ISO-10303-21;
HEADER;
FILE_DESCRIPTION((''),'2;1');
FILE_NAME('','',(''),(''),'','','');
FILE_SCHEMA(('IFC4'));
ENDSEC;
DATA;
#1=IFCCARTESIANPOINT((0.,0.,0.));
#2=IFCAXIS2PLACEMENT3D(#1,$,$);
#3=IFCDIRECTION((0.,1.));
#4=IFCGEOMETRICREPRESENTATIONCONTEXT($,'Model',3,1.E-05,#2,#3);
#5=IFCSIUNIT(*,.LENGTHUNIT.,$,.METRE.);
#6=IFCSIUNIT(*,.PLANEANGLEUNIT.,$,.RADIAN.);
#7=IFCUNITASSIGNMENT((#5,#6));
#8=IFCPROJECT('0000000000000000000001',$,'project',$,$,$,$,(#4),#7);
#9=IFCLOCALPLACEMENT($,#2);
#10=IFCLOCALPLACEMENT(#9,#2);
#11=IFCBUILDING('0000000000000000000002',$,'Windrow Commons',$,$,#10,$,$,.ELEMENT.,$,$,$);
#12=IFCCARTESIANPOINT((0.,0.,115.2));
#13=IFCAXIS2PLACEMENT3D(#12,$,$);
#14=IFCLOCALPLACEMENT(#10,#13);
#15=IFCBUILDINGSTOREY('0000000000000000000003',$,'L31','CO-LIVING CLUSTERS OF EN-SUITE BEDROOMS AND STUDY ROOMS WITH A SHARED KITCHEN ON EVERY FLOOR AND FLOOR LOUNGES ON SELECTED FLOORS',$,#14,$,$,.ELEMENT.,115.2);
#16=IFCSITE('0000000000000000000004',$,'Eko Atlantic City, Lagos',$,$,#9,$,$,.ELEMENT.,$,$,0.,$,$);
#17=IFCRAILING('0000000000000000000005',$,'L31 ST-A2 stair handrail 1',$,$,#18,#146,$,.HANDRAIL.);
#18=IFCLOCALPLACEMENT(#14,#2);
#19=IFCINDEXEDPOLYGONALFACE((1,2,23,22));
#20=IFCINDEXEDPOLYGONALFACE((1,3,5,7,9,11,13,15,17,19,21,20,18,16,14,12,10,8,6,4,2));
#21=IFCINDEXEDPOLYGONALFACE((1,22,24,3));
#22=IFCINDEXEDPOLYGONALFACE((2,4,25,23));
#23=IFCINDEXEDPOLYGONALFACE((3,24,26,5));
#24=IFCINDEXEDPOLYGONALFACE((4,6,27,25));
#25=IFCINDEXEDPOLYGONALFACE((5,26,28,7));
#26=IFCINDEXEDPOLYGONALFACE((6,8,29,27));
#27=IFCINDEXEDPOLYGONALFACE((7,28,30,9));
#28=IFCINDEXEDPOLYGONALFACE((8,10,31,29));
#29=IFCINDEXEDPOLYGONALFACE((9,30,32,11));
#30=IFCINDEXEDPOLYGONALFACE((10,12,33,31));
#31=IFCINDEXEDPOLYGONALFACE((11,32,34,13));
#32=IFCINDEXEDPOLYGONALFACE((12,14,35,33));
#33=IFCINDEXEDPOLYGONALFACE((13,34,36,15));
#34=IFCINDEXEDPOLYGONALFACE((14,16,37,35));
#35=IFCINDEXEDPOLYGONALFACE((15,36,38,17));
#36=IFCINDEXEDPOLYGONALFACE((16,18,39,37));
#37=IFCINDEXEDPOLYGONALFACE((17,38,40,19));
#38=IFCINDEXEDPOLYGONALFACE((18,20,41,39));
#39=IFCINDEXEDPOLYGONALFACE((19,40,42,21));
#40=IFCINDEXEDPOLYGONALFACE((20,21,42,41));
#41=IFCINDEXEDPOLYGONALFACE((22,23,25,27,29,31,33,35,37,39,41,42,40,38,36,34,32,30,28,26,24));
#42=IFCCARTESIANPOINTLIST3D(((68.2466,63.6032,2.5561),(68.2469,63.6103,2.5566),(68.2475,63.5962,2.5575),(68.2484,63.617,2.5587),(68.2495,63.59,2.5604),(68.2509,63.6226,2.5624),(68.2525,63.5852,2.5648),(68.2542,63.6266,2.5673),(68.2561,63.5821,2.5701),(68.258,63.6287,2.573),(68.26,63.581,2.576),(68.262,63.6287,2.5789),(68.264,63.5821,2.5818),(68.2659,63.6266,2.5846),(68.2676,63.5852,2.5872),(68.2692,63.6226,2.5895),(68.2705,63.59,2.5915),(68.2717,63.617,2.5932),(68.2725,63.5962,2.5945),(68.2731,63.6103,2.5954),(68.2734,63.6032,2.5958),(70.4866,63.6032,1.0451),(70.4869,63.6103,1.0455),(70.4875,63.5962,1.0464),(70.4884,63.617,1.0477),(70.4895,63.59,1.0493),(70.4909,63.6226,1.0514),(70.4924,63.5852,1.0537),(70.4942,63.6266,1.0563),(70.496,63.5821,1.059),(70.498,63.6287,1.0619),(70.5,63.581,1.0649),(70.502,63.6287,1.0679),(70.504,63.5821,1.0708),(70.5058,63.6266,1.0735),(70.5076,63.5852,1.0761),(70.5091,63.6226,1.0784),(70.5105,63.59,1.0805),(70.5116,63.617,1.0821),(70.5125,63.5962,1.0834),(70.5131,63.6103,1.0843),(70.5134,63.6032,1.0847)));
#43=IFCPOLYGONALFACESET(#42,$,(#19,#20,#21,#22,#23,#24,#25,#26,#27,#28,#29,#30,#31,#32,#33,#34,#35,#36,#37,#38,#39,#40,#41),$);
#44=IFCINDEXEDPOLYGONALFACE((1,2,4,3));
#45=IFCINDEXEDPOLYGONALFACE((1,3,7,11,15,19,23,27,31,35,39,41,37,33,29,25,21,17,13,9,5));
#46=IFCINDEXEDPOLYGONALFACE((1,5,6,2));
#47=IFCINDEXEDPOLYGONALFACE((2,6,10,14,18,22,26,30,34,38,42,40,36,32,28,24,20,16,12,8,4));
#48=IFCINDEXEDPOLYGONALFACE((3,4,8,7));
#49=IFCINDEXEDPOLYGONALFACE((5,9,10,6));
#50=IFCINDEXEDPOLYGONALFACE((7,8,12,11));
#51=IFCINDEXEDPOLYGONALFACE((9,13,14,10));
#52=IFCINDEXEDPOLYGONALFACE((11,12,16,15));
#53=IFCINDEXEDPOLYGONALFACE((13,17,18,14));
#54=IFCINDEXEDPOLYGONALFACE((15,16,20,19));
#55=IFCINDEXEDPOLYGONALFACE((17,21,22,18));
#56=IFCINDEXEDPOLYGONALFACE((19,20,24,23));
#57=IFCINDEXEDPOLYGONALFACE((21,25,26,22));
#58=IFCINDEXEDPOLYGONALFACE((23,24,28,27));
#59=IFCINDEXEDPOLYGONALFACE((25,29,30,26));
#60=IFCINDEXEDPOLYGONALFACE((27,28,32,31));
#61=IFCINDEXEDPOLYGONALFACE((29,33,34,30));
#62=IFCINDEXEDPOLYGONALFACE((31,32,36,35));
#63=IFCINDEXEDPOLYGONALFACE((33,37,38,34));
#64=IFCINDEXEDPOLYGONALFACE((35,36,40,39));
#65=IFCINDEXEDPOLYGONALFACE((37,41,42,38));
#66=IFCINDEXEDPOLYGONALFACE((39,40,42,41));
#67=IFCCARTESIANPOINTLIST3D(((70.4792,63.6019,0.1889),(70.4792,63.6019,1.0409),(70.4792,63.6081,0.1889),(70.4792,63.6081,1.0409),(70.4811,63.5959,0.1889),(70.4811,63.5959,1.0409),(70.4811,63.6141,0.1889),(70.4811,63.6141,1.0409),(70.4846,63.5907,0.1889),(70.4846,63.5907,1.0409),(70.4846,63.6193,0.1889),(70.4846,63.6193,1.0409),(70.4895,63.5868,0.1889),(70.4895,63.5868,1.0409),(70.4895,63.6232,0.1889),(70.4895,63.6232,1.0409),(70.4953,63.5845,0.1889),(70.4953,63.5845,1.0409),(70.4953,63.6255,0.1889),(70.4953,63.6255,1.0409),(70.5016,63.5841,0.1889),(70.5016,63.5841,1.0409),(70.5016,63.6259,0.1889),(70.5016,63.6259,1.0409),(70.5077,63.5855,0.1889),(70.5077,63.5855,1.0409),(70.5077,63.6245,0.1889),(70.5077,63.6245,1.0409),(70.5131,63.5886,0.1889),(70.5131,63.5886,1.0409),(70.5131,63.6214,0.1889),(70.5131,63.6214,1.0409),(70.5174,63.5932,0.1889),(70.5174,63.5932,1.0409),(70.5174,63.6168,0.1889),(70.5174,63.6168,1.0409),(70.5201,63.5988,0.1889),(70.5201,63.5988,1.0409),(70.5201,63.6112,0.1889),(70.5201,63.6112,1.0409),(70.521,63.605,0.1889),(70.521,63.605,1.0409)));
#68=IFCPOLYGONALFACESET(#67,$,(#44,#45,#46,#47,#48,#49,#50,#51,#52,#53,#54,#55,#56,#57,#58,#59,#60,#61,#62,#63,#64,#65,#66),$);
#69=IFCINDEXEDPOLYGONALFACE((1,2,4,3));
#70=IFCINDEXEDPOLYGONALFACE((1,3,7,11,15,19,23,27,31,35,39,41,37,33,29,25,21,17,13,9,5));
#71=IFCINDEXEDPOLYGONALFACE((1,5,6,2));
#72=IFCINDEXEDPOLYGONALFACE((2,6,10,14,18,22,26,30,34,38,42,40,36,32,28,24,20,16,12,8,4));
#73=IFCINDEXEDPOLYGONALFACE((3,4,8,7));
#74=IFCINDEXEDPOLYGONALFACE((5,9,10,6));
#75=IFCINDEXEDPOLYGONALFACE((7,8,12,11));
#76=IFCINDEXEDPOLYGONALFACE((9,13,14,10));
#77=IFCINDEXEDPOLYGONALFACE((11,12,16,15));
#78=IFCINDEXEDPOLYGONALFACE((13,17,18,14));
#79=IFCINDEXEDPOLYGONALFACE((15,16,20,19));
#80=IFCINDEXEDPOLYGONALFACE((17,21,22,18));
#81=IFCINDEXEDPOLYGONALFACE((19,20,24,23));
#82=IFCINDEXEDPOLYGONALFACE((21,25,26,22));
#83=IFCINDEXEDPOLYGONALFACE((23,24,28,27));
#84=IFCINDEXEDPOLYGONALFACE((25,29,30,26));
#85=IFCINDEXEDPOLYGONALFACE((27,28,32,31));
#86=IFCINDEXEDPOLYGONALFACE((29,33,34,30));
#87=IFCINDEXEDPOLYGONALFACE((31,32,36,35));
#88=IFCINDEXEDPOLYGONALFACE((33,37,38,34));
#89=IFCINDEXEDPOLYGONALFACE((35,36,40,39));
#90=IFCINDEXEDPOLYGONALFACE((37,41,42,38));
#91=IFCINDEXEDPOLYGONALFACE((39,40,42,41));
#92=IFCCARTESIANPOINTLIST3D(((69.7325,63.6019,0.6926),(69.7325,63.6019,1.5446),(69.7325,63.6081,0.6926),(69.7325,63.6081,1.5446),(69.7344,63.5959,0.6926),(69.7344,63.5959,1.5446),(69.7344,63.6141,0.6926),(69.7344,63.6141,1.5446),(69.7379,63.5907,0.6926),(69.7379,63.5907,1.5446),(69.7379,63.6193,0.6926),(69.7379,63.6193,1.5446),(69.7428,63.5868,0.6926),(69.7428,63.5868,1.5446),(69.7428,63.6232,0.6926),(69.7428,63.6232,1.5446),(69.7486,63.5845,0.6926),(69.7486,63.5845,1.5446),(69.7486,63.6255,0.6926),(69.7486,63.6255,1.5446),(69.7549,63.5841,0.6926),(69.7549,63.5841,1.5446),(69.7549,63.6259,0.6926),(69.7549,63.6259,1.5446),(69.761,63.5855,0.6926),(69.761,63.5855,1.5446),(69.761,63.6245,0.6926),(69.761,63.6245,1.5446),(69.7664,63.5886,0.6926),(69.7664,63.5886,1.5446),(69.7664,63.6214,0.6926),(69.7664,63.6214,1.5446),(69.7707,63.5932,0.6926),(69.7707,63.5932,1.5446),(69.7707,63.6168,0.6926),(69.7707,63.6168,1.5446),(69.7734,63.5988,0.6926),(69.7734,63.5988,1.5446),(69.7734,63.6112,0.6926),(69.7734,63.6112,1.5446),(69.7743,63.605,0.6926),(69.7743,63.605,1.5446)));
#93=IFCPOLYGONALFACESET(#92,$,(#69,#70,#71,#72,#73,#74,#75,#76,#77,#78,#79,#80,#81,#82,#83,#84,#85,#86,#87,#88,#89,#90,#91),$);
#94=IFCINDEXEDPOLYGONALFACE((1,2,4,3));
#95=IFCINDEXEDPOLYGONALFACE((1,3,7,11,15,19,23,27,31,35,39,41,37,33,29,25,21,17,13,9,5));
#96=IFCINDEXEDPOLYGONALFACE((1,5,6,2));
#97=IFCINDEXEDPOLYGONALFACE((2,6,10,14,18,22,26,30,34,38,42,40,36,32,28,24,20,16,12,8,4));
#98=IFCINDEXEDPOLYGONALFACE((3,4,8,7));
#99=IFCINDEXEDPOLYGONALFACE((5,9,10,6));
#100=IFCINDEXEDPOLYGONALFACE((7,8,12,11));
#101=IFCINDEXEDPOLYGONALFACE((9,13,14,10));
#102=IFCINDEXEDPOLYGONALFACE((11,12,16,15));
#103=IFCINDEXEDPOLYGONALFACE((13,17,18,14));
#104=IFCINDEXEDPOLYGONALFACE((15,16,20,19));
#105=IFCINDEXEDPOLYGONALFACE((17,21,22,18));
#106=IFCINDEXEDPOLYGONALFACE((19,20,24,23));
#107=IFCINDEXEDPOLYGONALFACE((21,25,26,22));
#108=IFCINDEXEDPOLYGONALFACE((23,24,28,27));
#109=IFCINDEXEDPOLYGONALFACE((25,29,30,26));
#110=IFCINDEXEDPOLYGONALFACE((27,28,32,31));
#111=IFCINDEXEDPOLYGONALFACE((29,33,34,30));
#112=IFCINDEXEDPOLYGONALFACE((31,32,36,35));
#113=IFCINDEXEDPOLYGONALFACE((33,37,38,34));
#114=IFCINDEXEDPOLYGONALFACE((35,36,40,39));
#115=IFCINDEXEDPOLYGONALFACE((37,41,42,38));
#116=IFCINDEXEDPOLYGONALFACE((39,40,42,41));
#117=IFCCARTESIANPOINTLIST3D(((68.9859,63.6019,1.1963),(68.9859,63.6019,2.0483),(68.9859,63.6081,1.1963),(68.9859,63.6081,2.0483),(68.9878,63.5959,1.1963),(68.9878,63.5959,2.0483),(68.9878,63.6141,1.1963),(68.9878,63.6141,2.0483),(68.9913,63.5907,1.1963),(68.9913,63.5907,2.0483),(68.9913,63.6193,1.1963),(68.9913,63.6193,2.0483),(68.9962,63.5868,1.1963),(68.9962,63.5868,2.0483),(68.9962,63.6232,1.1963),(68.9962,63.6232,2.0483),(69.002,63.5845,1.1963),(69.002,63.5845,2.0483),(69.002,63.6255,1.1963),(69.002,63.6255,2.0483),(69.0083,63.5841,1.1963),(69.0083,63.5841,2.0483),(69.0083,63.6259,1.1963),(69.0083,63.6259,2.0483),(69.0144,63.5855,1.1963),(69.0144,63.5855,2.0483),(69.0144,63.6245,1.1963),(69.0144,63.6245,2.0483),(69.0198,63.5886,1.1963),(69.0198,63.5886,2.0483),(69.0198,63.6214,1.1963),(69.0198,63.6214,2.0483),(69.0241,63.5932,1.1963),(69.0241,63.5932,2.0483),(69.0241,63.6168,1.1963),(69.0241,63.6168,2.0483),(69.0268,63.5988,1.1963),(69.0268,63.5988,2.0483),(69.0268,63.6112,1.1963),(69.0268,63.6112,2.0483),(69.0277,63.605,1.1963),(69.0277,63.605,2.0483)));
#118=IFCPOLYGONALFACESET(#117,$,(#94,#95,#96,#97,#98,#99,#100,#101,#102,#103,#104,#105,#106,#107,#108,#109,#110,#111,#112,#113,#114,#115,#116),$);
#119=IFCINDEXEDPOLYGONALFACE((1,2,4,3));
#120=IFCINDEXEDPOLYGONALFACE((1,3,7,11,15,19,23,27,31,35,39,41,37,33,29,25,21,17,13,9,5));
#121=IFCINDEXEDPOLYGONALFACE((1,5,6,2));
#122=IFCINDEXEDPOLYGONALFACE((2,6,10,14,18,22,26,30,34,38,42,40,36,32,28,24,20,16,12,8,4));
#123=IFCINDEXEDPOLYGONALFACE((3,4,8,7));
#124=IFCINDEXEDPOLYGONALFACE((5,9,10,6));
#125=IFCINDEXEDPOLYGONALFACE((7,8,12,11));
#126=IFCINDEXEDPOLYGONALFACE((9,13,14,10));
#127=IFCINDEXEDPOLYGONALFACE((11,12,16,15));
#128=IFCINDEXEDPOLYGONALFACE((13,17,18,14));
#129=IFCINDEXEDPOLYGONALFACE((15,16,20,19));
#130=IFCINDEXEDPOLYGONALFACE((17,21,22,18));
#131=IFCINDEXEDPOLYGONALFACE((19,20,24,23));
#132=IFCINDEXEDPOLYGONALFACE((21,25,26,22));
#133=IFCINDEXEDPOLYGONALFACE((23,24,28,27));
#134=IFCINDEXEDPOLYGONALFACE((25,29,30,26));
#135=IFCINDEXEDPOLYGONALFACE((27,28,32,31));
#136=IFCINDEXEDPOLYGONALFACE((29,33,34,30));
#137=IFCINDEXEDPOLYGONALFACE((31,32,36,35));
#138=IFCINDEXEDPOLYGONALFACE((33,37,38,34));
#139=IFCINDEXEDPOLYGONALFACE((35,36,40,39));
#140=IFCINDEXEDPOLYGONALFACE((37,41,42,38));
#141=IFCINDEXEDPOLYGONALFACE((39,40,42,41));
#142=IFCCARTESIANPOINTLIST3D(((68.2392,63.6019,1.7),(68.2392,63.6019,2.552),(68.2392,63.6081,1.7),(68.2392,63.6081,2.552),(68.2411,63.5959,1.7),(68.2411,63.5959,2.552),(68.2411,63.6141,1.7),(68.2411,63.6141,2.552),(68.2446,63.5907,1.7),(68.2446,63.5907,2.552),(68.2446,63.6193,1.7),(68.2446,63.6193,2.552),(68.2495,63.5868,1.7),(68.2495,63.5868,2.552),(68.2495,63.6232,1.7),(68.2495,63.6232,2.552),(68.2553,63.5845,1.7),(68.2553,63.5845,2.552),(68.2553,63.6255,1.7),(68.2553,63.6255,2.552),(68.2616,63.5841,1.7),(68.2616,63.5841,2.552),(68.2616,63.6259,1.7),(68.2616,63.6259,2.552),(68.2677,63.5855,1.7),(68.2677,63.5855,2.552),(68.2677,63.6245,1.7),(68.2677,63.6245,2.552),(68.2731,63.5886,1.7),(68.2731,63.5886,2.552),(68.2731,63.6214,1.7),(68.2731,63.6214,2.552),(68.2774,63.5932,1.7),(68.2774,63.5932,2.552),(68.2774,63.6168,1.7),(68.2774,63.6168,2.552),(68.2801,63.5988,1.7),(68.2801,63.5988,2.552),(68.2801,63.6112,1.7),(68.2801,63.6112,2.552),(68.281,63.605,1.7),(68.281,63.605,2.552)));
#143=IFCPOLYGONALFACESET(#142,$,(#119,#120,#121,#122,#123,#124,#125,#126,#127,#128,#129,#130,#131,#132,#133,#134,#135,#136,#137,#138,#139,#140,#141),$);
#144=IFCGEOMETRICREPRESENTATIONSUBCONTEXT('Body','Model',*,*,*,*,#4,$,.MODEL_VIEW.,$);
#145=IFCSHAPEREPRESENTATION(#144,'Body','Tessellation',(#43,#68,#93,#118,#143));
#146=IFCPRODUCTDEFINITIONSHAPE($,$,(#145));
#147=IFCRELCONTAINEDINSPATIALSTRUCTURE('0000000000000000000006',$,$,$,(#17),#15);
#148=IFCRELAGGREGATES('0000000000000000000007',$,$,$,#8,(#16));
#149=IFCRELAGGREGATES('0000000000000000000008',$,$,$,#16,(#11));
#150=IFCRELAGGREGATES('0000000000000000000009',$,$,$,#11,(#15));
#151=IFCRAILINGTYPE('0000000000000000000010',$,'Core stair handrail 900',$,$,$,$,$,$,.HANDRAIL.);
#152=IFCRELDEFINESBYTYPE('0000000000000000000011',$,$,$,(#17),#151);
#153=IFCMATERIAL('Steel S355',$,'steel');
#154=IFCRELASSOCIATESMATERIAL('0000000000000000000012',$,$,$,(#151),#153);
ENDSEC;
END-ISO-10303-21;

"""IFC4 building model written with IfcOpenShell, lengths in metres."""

from ifc_helpers import new_model, si_unit, direction, frame, origin, origin_2d, place, context, subcontext, project, spatial, circle, extrude, material, type_object, element, save


model = new_model("IFC4")

# Units and contexts
model_context = context("Model", 3, precision=1e-05, world=origin(), true_north=direction((0.0, 1.0)))
body_context = subcontext(model_context, "Body", "Model", "MODEL_VIEW")
ifc_project = project(units=[si_unit("LENGTHUNIT", "METRE"), si_unit("PLANEANGLEUNIT", "RADIAN")], contexts=[model_context])

# Site, building, storey
site_placement = place(None, origin())
site = spatial("IfcSite", under=ifc_project, at=site_placement, Name="Eko Atlantic City, Lagos", CompositionType="ELEMENT", RefElevation=0.0)
building_placement = place(site_placement, origin())
building = spatial("IfcBuilding", under=site, at=building_placement, Name="Windrow Commons", CompositionType="ELEMENT")
storey_placement = place(building_placement, frame((0.0, 0.0, 115.2)))
storey = spatial("IfcBuildingStorey", under=building, at=storey_placement, Name="L31", Description="CO-LIVING CLUSTERS OF EN-SUITE BEDROOMS AND STUDY ROOMS WITH A SHARED KITCHEN ON EVERY FLOOR AND FLOOR LOUNGES ON SELECTED FLOORS", CompositionType="ELEMENT", Elevation=115.2)

# Railing
ifc_material_1 = material(Name="Steel S355", Category="steel")
railing_type_1 = type_object("IfcRailingType", Name="Core stair handrail 900", PredefinedType="HANDRAIL", material=ifc_material_1)
railing_1_placement = place(storey_placement, frame((70.5, 63.605, 0.1889)))
element("IfcRailing", 1, at=railing_1_placement, inside=storey, type_object=railing_type_1, Name="L31 ST-A2 stair handrail 1", PredefinedType="HANDRAIL", context=body_context, shape_type="SweptSolid", body=[
    extrude(circle(Radius=0.024, at=origin_2d()), frame((0.0, 0.0, 0.876), z_axis=(-0.829003, 0.0, 0.559244), x_axis=(0.0, -1.0, 0.0)), (0.0, 0.0, 1.0), 2.702),
    extrude(circle(Radius=0.021, at=origin_2d()), origin(), (0.0, 0.0, 1.0), 0.852),
    extrude(circle(Radius=0.021, at=origin_2d()), frame((-0.7467, 0.0, 0.5037)), (0.0, 0.0, 1.0), 0.852),
    extrude(circle(Radius=0.021, at=origin_2d()), frame((-1.4933, 0.0, 1.0074)), (0.0, 0.0, 1.0), 0.852),
    extrude(circle(Radius=0.021, at=origin_2d()), frame((-2.24, 0.0, 1.5111)), (0.0, 0.0, 1.0), 0.852),
])

save(model, "model.ifc")
